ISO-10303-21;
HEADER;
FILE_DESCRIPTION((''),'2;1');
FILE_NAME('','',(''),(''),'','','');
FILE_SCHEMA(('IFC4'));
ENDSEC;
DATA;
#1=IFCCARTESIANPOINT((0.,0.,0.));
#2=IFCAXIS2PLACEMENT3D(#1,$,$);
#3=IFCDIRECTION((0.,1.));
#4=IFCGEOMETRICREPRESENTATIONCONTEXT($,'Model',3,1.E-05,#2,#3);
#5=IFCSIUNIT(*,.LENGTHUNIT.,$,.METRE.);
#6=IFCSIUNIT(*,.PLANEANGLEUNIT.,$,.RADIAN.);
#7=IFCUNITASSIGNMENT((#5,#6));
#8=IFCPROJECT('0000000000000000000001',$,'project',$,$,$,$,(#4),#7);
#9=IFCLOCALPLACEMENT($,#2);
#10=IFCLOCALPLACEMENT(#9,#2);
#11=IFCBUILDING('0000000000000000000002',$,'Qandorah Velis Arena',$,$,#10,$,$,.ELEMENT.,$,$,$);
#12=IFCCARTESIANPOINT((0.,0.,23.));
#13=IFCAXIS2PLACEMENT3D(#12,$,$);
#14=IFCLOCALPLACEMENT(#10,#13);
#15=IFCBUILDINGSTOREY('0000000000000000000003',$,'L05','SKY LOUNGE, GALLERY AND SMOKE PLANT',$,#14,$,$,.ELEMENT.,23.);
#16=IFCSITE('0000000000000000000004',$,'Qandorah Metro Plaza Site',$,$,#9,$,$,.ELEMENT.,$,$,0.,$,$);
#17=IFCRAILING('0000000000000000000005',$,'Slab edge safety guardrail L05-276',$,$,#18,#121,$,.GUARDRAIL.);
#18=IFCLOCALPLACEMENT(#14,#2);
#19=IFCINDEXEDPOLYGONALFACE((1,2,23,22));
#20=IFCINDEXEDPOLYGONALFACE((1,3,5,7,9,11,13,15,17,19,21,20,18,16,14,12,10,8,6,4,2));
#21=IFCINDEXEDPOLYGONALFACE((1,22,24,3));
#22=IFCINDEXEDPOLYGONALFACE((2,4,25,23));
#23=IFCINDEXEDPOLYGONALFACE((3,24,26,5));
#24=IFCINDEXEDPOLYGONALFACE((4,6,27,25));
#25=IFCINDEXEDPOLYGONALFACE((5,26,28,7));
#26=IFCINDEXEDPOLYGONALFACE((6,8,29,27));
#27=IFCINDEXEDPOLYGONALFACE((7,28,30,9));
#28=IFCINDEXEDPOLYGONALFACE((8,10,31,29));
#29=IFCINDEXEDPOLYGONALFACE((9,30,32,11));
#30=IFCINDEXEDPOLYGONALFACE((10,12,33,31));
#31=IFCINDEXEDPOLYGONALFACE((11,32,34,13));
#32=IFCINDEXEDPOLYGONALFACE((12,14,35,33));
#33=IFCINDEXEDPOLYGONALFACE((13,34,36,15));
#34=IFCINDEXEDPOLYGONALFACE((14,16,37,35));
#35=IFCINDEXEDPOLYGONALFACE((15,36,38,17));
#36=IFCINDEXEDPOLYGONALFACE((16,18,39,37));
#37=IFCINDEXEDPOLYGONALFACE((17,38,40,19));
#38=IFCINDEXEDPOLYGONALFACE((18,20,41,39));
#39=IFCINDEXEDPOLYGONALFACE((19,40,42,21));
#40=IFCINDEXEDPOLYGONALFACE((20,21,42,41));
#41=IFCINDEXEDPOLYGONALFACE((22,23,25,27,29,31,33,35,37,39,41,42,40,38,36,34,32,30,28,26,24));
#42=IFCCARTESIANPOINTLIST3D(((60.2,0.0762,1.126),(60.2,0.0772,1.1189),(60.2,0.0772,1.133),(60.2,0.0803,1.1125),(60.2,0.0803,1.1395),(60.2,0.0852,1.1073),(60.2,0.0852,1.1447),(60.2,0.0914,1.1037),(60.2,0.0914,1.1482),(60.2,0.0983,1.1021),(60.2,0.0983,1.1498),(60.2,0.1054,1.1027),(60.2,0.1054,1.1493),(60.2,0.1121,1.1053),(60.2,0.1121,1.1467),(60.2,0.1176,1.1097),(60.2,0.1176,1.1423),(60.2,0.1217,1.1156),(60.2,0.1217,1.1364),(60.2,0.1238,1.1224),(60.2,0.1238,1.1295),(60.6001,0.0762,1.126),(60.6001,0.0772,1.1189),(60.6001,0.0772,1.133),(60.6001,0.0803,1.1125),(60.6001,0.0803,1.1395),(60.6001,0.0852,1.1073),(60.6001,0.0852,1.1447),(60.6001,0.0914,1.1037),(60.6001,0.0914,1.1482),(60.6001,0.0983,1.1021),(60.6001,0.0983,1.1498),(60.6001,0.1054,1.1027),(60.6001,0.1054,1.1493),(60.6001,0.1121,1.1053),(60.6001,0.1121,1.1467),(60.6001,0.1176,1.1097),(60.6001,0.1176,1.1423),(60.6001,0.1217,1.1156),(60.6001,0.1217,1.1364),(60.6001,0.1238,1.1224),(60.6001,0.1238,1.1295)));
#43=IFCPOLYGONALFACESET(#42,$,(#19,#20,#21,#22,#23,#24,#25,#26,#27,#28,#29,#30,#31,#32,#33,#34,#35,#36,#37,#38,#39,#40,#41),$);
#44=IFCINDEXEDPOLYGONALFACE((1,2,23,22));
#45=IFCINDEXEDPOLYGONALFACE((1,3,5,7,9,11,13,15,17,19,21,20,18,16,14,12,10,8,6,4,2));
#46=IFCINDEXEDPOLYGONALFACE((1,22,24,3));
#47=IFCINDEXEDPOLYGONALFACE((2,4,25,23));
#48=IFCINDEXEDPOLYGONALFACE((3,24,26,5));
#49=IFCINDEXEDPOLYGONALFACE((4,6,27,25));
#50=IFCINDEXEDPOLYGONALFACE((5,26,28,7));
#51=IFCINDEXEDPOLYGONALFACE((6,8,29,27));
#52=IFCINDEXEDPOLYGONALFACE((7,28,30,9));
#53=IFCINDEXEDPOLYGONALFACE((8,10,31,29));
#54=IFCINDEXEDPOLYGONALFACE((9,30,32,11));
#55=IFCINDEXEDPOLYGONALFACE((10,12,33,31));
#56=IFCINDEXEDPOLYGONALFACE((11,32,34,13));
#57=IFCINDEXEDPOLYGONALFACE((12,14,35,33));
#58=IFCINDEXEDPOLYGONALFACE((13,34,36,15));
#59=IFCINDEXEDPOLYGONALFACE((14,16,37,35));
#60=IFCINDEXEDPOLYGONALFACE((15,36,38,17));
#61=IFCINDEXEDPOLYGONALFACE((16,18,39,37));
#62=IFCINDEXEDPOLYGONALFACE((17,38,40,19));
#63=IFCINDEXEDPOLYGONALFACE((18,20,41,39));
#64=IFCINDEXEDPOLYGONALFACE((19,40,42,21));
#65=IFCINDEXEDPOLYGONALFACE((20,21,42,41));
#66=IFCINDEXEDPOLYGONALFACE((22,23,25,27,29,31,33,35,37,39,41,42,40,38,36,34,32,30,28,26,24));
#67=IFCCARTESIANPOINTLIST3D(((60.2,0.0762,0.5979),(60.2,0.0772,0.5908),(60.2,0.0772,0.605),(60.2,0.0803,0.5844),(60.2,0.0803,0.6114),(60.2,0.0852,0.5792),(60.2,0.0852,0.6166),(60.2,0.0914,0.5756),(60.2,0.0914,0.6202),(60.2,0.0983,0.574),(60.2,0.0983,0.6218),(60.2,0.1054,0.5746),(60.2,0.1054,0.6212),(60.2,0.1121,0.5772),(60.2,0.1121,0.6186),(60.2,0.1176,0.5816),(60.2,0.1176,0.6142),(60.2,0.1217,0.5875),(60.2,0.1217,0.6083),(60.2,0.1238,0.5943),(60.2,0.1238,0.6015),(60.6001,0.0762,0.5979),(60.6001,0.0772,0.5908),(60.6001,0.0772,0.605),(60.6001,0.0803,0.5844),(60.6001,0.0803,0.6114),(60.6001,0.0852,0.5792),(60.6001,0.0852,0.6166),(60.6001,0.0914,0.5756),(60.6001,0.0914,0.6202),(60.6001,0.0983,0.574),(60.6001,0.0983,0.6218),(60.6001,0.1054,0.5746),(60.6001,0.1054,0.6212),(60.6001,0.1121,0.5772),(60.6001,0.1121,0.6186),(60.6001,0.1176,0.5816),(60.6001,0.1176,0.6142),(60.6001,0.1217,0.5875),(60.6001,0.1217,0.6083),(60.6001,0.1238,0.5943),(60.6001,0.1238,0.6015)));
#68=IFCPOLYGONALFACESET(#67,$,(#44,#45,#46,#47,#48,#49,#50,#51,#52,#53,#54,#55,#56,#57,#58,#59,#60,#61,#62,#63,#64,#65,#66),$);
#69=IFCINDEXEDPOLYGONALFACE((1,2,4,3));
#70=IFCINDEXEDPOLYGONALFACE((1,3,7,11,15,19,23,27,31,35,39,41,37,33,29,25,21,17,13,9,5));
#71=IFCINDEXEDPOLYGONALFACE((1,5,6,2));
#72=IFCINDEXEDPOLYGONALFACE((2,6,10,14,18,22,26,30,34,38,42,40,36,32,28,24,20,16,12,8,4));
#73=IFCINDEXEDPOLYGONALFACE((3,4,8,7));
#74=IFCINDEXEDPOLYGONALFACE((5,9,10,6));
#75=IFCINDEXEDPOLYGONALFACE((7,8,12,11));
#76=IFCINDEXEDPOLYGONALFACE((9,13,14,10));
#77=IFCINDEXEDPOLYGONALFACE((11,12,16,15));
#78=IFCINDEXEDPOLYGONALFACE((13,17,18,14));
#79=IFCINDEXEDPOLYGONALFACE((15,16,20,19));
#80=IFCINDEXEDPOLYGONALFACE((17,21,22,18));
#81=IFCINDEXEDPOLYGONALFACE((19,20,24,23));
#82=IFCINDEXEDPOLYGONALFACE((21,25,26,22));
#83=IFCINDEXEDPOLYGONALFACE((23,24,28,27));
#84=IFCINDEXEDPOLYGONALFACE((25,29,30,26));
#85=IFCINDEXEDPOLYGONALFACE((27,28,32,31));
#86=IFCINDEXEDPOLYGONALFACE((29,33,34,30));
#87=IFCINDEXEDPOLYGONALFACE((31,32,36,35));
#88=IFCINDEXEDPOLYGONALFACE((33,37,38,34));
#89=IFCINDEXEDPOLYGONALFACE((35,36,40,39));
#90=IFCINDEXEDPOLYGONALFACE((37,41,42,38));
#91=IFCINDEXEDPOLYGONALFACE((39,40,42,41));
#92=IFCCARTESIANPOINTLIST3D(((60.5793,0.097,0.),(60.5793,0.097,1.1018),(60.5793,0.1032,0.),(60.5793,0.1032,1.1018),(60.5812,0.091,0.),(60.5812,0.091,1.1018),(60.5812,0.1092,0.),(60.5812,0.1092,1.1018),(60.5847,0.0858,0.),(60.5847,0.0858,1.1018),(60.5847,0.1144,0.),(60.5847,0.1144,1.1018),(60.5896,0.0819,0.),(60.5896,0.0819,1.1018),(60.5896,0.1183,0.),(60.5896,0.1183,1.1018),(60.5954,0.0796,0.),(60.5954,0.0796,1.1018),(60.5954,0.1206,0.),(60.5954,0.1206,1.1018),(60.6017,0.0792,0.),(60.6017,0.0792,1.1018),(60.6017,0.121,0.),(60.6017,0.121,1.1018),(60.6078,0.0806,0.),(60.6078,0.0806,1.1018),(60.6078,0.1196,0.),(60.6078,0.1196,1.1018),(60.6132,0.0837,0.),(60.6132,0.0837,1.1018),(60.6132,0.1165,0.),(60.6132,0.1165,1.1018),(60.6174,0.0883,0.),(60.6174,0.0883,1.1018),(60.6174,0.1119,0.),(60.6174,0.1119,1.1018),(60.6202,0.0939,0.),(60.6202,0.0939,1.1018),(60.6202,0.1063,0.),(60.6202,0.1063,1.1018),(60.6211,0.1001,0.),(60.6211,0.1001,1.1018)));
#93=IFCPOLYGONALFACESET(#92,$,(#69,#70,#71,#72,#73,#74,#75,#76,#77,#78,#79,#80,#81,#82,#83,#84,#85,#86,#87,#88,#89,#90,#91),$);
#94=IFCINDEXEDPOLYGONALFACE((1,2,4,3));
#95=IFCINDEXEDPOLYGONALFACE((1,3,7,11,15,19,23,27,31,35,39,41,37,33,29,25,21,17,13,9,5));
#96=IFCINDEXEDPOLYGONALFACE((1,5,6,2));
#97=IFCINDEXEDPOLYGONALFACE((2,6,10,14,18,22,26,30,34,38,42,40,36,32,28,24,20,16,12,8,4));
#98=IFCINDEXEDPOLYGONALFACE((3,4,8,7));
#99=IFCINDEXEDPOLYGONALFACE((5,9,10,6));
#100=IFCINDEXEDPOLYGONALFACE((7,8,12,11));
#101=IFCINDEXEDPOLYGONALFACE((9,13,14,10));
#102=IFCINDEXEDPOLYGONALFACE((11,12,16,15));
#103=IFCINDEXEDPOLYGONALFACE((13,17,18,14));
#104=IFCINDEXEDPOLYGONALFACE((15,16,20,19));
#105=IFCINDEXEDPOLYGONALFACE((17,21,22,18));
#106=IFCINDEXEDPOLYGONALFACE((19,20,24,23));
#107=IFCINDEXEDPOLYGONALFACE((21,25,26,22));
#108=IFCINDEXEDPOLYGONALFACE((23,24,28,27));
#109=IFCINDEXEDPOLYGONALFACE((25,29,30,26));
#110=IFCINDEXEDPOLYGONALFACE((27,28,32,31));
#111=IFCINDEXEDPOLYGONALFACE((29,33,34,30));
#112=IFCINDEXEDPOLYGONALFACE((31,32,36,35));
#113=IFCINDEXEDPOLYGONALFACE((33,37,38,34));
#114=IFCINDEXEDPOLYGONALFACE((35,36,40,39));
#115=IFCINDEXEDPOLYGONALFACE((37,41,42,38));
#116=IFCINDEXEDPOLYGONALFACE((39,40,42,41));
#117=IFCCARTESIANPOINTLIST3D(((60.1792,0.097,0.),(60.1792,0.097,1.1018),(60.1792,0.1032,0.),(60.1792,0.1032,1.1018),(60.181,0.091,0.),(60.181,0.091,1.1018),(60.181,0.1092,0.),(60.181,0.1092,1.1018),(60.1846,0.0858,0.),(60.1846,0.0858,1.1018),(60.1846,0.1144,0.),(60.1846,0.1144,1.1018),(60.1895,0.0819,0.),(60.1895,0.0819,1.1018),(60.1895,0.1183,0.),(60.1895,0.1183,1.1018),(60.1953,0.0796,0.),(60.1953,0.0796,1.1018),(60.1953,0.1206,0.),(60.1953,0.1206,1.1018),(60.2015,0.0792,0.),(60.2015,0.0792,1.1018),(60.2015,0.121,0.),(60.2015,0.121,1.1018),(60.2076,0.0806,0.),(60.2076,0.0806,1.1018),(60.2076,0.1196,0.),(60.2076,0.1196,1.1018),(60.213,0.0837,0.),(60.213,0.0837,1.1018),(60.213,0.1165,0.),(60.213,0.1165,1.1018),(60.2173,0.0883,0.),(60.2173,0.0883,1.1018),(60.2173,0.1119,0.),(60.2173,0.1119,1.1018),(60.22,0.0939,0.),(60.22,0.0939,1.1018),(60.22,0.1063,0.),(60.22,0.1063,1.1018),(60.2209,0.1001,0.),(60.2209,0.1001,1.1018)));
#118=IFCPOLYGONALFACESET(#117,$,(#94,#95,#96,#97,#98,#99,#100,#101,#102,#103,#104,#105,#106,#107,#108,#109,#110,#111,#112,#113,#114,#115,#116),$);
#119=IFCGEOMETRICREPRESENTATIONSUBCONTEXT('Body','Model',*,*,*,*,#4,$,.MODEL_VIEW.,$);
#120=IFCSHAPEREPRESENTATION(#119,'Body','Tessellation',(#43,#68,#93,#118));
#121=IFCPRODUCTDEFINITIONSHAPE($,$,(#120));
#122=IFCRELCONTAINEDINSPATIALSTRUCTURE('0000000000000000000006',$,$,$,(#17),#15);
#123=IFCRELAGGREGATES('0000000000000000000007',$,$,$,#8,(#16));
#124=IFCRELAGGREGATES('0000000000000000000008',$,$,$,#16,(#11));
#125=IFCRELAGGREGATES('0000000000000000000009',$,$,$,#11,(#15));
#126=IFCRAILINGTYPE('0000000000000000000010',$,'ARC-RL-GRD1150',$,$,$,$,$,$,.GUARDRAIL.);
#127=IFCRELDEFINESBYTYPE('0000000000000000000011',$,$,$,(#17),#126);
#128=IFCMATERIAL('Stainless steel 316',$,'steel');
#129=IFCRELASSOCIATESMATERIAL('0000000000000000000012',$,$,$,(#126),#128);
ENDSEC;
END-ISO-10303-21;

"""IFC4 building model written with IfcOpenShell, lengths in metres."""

from ifc_helpers import new_model, si_unit, direction, frame, origin, origin_2d, place, context, subcontext, project, spatial, circle, extrude, material, type_object, element, save


model = new_model("IFC4")

# Units and contexts
model_context = context("Model", 3, precision=1e-05, world=origin(), true_north=direction((0.0, 1.0)))
body_context = subcontext(model_context, "Body", "Model", "MODEL_VIEW")
ifc_project = project(units=[si_unit("LENGTHUNIT", "METRE"), si_unit("PLANEANGLEUNIT", "RADIAN")], contexts=[model_context])

# Site, building, storey
site_placement = place(None, origin())
site = spatial("IfcSite", under=ifc_project, at=site_placement, Name="Qandorah Metro Plaza Site", CompositionType="ELEMENT", RefElevation=0.0)
building_placement = place(site_placement, origin())
building = spatial("IfcBuilding", under=site, at=building_placement, Name="Qandorah Velis Arena", CompositionType="ELEMENT")
storey_placement = place(building_placement, frame((0.0, 0.0, 23.0)))
storey = spatial("IfcBuildingStorey", under=building, at=storey_placement, Name="L05", Description="SKY LOUNGE, GALLERY AND SMOKE PLANT", CompositionType="ELEMENT", Elevation=23.0)

# Railing
ifc_material_1 = material(Name="Stainless steel 316", Category="steel")
railing_type = type_object("IfcRailingType", Name="ARC-RL-GRD1150", PredefinedType="GUARDRAIL", material=ifc_material_1)
railing_1_placement = place(storey_placement, frame((60.6001, 0.1001, 0.0)))
element("IfcRailing", 1, at=railing_1_placement, inside=storey, type_object=railing_type, Name="Slab edge safety guardrail L05-276", PredefinedType="GUARDRAIL", context=body_context, shape_type="SweptSolid", body=[
    extrude(circle(Radius=0.0239, at=origin_2d()), frame((0.0, 0.0, 1.126), z_axis=(-1.0, 0.0, 0.0), x_axis=(0.0, -1.0, 0.0)), (0.0, 0.0, 1.0), 0.4001),
    extrude(circle(Radius=0.0239, at=origin_2d()), frame((0.0, 0.0, 0.5979), z_axis=(-1.0, 0.0, 0.0), x_axis=(0.0, -1.0, 0.0)), (0.0, 0.0, 1.0), 0.4001),
    extrude(circle(Radius=0.021, at=origin_2d()), origin(), (0.0, 0.0, 1.0), 1.1018),
    extrude(circle(Radius=0.021, at=origin_2d()), frame((-0.4001, 0.0, 0.0)), (0.0, 0.0, 1.0), 1.1018),
])

save(model, "model.ifc")
